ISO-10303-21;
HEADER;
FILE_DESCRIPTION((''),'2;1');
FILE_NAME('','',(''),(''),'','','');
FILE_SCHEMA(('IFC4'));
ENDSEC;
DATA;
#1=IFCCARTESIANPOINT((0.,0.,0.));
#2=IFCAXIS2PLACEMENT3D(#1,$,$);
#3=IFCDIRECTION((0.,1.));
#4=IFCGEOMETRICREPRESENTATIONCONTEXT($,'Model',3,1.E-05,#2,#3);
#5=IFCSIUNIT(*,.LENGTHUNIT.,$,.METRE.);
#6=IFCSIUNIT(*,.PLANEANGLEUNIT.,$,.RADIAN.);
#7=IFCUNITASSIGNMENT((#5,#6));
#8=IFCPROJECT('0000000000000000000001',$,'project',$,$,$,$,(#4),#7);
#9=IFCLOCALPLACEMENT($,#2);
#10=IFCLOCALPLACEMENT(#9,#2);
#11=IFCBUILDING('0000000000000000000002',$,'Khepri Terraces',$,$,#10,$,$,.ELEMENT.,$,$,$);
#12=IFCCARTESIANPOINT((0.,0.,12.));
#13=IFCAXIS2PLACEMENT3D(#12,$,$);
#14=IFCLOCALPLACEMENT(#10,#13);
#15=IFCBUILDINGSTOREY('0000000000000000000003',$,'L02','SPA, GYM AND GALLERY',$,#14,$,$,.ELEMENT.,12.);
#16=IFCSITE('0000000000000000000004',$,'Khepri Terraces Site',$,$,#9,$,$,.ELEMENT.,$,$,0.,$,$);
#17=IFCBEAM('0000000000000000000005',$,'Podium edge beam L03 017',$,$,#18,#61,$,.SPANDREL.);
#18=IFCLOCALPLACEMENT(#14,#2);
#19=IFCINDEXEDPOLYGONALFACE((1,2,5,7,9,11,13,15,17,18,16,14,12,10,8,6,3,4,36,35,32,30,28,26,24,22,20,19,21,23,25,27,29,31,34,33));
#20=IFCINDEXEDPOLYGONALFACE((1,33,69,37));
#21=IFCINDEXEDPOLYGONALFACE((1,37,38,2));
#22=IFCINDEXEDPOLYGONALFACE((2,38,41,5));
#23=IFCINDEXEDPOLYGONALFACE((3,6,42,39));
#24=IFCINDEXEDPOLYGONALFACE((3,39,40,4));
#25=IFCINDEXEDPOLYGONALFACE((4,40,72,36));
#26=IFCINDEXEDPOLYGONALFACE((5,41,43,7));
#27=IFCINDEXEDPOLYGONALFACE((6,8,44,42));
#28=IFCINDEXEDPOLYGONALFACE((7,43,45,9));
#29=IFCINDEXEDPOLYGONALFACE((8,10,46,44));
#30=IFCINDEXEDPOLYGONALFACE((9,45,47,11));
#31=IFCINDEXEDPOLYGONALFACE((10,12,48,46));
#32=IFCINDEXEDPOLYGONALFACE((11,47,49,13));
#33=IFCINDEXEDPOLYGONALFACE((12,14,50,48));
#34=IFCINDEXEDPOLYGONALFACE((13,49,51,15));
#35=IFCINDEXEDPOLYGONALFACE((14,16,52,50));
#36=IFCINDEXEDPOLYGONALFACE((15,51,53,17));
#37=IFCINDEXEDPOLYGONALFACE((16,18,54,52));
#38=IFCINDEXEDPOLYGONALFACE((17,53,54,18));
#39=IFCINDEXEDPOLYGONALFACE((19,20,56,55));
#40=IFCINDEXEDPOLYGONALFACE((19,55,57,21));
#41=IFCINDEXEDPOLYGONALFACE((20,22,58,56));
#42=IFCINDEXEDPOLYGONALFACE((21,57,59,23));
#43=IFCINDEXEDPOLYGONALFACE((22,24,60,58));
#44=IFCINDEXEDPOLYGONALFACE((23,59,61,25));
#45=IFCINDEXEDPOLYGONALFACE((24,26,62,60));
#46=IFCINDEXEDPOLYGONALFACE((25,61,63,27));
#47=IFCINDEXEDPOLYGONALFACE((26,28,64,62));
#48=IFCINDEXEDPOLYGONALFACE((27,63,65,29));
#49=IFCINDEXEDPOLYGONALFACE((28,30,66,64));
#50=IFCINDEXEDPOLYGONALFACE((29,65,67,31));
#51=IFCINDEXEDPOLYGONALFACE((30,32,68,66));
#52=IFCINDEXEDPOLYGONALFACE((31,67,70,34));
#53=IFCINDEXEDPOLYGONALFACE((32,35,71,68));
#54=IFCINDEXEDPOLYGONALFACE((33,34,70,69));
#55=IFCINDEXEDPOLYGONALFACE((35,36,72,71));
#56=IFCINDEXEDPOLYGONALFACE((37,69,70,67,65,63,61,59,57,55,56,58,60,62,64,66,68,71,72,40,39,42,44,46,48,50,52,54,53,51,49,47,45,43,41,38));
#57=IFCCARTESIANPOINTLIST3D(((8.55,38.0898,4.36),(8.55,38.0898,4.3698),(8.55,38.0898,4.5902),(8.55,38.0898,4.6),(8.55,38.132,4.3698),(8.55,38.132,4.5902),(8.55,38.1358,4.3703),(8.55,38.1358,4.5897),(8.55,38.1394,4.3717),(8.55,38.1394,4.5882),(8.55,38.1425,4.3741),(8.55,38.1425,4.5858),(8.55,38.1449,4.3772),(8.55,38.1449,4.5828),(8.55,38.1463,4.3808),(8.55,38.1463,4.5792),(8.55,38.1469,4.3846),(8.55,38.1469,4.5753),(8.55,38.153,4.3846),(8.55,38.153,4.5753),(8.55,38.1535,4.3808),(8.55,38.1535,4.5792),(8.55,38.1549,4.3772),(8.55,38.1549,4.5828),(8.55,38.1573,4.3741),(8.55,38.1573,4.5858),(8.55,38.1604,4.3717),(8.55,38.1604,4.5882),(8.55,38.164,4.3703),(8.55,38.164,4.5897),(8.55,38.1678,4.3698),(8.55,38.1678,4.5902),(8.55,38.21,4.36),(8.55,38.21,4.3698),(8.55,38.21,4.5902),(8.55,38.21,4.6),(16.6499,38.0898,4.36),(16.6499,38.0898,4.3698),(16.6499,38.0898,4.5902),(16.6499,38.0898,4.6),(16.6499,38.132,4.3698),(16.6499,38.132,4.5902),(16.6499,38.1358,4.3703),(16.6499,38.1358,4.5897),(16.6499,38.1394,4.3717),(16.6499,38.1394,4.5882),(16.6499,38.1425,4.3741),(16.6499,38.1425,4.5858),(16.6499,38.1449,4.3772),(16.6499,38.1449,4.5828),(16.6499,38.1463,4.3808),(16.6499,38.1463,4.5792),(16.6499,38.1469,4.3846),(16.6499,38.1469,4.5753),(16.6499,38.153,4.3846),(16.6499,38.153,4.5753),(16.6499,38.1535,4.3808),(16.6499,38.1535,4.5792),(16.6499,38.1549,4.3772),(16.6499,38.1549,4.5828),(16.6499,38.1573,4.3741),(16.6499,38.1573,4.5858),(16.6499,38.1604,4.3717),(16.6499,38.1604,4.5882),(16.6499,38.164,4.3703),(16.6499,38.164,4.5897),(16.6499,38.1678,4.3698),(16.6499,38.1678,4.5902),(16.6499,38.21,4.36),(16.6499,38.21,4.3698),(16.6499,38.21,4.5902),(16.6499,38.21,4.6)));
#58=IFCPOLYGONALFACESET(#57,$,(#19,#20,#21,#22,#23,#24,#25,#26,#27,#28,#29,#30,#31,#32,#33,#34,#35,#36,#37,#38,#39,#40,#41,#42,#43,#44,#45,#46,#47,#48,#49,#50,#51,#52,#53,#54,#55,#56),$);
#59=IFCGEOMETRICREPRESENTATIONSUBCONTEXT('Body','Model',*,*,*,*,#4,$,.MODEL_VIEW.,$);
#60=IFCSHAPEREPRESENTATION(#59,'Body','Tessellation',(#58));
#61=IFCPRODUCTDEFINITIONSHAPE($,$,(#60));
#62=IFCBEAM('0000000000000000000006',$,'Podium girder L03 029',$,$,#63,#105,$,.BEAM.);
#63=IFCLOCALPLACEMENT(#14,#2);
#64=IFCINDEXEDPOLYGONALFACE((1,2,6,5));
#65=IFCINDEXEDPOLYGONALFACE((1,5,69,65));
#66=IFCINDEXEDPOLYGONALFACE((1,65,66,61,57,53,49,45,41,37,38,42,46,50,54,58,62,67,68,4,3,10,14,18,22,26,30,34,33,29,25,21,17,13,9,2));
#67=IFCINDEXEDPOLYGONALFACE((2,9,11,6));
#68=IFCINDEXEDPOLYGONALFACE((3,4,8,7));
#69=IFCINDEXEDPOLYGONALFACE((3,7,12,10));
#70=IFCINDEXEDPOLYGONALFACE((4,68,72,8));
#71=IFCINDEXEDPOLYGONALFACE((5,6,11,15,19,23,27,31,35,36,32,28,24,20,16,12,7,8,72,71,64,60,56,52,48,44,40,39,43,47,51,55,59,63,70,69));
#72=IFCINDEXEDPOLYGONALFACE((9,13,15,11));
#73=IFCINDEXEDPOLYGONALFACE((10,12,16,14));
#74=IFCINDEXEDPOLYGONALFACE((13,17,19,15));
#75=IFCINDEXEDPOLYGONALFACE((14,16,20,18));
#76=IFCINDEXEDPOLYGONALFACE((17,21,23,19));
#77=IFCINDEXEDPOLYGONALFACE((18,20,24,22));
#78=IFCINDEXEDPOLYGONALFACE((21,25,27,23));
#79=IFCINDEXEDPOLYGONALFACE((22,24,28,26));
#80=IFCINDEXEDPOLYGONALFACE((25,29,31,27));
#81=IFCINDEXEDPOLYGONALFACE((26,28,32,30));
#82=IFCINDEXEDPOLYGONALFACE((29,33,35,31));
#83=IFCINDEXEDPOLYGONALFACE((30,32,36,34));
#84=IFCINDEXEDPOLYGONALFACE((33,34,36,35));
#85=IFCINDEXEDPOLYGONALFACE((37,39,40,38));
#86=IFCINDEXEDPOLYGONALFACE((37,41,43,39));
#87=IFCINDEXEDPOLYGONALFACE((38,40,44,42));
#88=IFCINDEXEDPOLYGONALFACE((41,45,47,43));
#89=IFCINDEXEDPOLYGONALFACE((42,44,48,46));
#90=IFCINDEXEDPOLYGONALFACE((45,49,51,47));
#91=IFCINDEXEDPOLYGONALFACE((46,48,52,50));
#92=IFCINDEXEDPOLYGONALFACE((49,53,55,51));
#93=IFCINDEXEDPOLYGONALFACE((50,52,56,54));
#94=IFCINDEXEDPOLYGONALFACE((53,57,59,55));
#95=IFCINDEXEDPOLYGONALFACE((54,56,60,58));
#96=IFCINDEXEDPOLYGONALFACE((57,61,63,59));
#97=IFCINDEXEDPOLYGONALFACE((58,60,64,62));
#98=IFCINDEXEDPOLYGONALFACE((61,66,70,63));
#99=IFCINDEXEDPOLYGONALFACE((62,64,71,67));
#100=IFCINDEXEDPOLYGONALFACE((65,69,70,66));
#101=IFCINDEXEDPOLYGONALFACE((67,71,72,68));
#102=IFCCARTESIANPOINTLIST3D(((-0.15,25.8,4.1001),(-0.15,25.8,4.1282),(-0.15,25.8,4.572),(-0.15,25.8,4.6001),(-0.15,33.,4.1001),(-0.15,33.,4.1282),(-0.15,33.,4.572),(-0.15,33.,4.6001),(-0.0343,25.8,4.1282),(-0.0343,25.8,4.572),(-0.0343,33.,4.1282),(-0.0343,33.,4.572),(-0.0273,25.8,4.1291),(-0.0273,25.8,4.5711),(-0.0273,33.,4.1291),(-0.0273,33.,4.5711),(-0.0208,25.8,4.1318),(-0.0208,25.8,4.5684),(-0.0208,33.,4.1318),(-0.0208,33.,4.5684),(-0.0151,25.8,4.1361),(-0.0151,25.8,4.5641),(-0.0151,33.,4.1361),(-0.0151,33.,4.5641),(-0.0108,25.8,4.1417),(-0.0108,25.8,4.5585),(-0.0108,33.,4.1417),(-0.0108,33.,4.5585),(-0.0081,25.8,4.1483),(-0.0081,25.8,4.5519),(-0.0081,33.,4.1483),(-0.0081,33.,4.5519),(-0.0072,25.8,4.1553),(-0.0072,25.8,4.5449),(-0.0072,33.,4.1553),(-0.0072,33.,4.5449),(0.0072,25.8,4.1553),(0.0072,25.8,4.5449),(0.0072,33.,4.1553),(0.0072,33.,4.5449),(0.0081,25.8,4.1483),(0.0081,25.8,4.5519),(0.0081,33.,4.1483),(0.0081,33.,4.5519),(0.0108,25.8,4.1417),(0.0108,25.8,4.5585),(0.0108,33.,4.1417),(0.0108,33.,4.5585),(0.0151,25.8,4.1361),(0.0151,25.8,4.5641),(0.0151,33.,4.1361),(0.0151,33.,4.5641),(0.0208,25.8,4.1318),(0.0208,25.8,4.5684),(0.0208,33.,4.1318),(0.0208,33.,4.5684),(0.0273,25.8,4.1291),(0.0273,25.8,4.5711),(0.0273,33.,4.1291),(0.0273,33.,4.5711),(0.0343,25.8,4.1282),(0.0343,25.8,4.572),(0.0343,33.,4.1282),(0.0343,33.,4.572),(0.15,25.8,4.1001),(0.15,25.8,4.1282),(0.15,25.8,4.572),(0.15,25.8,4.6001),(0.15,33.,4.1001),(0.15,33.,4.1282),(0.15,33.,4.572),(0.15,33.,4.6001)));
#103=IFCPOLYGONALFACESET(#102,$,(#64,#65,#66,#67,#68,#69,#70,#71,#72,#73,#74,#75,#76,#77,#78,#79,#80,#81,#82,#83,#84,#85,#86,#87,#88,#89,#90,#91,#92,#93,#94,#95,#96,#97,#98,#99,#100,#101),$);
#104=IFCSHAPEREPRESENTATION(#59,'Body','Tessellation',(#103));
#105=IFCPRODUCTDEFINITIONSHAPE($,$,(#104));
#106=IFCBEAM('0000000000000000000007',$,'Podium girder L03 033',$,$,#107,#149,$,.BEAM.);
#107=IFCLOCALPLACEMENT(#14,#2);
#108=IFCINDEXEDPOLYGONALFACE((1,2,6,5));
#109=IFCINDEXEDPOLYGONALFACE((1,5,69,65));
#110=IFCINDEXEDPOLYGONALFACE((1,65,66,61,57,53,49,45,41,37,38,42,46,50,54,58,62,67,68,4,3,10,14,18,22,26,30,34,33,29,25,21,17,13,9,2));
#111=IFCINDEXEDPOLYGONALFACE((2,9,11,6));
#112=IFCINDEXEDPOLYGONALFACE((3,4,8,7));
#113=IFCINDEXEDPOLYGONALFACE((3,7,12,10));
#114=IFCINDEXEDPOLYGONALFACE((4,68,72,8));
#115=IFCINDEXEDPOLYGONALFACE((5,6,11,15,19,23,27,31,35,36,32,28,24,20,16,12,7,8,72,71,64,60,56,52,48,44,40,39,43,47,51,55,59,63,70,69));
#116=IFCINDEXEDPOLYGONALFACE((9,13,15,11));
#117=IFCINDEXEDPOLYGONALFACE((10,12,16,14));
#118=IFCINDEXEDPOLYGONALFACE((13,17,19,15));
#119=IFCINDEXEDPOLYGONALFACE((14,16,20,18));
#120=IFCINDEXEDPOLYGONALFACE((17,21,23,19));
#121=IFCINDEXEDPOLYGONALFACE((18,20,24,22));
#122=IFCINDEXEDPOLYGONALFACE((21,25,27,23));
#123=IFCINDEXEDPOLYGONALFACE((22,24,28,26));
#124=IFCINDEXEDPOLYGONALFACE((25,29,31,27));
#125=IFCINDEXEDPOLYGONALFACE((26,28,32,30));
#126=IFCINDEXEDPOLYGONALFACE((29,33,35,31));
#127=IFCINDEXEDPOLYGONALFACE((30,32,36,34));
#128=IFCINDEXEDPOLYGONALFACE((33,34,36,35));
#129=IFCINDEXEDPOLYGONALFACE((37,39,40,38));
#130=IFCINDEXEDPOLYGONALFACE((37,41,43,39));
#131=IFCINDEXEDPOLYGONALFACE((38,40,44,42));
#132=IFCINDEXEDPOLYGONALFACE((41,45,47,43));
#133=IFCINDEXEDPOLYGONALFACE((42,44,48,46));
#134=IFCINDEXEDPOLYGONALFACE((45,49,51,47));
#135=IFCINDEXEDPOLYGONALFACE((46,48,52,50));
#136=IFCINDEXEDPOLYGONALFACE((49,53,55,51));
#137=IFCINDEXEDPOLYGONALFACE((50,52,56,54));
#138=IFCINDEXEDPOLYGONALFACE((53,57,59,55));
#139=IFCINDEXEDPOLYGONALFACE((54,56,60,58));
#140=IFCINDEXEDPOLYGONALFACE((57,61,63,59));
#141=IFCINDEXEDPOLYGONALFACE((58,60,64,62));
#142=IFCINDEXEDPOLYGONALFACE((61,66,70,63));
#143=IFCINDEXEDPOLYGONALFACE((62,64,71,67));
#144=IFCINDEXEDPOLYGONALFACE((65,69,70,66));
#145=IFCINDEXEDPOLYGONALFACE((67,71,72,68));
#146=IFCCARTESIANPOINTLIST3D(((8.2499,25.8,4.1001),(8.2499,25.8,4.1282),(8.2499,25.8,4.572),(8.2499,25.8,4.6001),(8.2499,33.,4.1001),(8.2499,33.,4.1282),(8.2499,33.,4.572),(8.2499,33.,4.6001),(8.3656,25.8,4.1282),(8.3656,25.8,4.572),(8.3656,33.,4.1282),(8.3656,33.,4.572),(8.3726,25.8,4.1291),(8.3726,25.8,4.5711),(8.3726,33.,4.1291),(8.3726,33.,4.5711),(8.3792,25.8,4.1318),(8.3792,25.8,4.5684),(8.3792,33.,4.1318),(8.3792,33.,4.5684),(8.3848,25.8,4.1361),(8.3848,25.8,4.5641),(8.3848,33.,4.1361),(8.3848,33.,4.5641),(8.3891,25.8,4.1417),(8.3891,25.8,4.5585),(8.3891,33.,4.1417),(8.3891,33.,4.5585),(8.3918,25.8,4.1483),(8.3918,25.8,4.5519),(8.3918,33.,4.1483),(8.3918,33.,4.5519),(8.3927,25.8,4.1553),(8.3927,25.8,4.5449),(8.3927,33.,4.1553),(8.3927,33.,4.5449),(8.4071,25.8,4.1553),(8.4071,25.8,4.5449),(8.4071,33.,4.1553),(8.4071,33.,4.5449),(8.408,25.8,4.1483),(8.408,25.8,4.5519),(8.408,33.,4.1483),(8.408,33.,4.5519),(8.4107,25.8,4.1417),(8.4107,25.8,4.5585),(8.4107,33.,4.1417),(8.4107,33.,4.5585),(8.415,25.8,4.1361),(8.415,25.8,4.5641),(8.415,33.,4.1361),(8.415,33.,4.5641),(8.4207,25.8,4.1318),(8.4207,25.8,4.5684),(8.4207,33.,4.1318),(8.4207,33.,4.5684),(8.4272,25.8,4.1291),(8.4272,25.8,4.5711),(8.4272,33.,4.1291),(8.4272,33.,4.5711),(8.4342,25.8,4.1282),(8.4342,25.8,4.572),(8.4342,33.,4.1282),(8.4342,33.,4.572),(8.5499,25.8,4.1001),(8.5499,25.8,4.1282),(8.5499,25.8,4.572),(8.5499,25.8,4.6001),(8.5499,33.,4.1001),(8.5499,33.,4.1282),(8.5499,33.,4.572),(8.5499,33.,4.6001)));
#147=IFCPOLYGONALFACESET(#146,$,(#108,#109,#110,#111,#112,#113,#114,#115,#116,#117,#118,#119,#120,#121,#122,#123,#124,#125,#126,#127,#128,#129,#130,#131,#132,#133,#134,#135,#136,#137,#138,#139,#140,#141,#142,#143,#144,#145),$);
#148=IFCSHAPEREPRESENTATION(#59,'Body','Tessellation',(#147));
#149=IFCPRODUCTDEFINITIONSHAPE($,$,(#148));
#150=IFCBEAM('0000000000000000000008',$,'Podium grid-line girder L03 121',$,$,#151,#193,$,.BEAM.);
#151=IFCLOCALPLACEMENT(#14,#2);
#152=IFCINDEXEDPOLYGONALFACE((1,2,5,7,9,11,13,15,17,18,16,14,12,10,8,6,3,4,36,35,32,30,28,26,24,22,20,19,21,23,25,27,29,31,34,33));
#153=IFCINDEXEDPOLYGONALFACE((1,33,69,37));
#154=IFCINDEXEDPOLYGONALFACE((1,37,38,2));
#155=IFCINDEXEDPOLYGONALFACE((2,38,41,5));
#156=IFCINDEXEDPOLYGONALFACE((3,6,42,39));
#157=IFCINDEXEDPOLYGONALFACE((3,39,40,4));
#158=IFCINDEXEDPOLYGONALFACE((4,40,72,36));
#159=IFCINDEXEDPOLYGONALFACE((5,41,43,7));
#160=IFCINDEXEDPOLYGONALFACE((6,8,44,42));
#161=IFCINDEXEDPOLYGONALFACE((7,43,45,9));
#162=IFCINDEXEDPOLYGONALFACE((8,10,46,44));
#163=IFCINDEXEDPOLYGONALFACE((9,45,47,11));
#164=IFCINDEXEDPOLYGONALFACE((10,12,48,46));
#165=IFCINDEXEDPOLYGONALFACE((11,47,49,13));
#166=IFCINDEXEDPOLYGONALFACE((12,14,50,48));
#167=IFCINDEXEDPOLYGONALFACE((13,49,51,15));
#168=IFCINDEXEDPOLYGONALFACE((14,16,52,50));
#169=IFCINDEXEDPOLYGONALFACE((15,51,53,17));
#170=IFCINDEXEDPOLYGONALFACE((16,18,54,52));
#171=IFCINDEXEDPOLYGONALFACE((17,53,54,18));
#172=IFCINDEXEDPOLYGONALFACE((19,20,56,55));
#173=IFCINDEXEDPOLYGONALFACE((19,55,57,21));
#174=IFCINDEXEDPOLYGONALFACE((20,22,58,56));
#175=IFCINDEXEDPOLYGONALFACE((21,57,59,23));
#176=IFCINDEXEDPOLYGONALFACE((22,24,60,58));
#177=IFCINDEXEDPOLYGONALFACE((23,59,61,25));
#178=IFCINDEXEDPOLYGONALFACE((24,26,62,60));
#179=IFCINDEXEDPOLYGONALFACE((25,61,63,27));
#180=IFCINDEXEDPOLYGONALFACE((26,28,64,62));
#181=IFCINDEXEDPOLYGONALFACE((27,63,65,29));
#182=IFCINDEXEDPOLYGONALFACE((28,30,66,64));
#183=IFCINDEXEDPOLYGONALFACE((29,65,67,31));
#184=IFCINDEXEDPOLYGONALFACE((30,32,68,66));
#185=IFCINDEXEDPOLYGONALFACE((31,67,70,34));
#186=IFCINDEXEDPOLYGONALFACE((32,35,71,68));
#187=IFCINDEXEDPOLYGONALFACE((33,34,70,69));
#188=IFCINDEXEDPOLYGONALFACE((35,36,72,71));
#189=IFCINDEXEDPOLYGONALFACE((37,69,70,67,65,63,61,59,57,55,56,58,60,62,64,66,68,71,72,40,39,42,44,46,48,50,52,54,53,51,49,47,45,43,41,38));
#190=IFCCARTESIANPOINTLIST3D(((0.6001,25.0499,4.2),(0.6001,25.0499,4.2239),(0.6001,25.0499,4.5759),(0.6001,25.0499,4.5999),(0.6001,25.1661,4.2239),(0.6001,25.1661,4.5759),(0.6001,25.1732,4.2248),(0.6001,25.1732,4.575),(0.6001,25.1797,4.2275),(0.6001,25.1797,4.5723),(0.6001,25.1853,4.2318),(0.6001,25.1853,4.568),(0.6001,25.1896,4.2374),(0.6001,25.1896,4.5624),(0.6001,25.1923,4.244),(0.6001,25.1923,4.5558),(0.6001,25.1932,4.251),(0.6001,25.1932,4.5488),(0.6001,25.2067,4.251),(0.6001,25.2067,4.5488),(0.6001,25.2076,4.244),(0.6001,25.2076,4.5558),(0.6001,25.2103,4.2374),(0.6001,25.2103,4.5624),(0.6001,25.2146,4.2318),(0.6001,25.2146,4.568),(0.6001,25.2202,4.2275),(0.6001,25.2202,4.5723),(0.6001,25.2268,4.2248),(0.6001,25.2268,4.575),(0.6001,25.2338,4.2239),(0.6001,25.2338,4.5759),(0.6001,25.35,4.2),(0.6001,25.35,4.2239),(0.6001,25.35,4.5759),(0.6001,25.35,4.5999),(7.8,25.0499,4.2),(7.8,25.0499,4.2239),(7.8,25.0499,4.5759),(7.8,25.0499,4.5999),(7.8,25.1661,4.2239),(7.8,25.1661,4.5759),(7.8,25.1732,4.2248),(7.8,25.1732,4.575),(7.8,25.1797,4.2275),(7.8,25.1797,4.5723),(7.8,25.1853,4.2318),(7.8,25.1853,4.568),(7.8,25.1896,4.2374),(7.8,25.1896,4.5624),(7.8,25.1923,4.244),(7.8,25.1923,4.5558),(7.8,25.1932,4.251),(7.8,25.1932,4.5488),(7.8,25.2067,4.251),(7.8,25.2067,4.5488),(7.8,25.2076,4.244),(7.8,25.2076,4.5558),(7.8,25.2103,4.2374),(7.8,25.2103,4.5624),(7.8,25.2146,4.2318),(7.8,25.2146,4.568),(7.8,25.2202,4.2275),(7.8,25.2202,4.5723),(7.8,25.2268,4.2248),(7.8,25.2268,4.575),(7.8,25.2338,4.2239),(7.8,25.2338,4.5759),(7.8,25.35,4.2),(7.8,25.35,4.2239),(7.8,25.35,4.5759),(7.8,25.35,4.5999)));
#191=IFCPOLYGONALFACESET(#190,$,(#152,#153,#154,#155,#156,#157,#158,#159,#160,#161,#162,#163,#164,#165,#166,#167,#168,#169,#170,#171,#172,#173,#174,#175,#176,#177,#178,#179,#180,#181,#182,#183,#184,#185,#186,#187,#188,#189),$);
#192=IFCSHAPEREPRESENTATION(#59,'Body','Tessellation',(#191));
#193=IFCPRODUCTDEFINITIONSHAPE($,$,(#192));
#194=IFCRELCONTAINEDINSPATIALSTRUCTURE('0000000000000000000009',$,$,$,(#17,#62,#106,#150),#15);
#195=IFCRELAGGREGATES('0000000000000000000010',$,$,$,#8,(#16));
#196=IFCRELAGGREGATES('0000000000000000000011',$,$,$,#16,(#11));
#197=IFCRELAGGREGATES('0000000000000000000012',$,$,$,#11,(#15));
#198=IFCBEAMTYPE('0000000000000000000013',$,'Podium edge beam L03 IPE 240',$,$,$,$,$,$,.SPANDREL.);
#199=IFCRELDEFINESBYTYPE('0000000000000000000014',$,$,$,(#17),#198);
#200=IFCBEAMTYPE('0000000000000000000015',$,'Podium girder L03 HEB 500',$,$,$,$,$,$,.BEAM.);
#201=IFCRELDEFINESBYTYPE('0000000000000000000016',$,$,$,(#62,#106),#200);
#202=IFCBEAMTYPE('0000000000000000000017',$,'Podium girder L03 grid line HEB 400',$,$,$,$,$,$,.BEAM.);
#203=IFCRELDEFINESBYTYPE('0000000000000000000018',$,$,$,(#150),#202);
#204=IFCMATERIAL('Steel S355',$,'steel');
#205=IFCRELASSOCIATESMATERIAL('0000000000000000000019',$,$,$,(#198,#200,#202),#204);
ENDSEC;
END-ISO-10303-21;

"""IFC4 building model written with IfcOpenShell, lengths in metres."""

from ifc_helpers import new_model, si_unit, direction, frame, origin, origin_2d, place, context, subcontext, project, spatial, i_section, extrude, material, material_profile, profile_set, type_object, element, save


model = new_model("IFC4")

# Units and contexts
model_context = context("Model", 3, precision=1e-05, world=origin(), true_north=direction((0.0, 1.0)))
body_context = subcontext(model_context, "Body", "Model", "MODEL_VIEW")
ifc_project = project(units=[si_unit("LENGTHUNIT", "METRE"), si_unit("PLANEANGLEUNIT", "RADIAN")], contexts=[model_context])

# Site, building, storey
site_placement = place(None, origin())
site = spatial("IfcSite", under=ifc_project, at=site_placement, Name="Khepri Terraces Site", CompositionType="ELEMENT", RefElevation=0.0)
building_placement = place(site_placement, origin())
building = spatial("IfcBuilding", under=site, at=building_placement, Name="Khepri Terraces", CompositionType="ELEMENT")
storey_placement = place(building_placement, frame((0.0, 0.0, 12.0)))
storey = spatial("IfcBuildingStorey", under=building, at=storey_placement, Name="L02", Description="SPA, GYM AND GALLERY", CompositionType="ELEMENT", Elevation=12.0)

# Beams
ifc_material_1 = material(Name="Steel S355", Category="steel")
ifc_material_profile_1 = material_profile(ifc_material_1, i_section(OverallWidth=0.1201, OverallDepth=0.24, WebThickness=0.0061, FlangeThickness=0.0098, FilletRadius=0.0149, at=origin_2d()), Name="Steel S355", Category="steel")
ifc_profile_set_1 = profile_set([ifc_material_profile_1], Name="Steel S355")
beam_type_1 = type_object("IfcBeamType", Name="Podium edge beam L03 IPE 240", PredefinedType="SPANDREL", material=ifc_profile_set_1)
beam_1_placement = place(storey_placement, frame((8.55, 38.1499, 4.48), z_axis=(1.0, 0.0, 0.0), x_axis=(0.0, 1.0, 0.0)))
element("IfcBeam", 1, at=beam_1_placement, inside=storey, type_object=beam_type_1, Name="Podium edge beam L03 017", PredefinedType="SPANDREL", context=body_context, shape_type="SweptSolid", body=[
    extrude(i_section(OverallWidth=0.1201, OverallDepth=0.24, WebThickness=0.0061, FlangeThickness=0.0098, FilletRadius=0.0149, at=origin_2d()), origin(), (0.0, 0.0, 1.0), 8.0999),
])
ifc_material_profile_2 = material_profile(ifc_material_1, i_section(OverallWidth=0.3, OverallDepth=0.5, WebThickness=0.0144, FlangeThickness=0.0281, FilletRadius=0.0271, at=origin_2d()), Name="Steel S355", Category="steel")
ifc_profile_set_2 = profile_set([ifc_material_profile_2], Name="Steel S355")
beam_type_2 = type_object("IfcBeamType", Name="Podium girder L03 HEB 500", PredefinedType="BEAM", material=ifc_profile_set_2)
for number, where, z_axis, x_axis, name in (
    (2, (0.0, 25.8, 4.3501), (0.0, 1.0, 0.0), (-1.0, 0.0, 0.0), "Podium girder L03 029"),
    (3, (8.3999, 25.8, 4.3501), (0.0, 1.0, 0.0), (-1.0, 0.0, 0.0), "Podium girder L03 033"),
):
    element("IfcBeam", number, at=place(storey_placement, frame(where, z_axis=z_axis, x_axis=x_axis)), inside=storey, type_object=beam_type_2, Name=name, PredefinedType="BEAM", context=body_context, shape_type="SweptSolid", body=[
        extrude(i_section(OverallWidth=0.3, OverallDepth=0.5, WebThickness=0.0144, FlangeThickness=0.0281, FilletRadius=0.0271, at=origin_2d()), origin(), (0.0, 0.0, 1.0), 7.2),
    ])
ifc_material_profile_3 = material_profile(ifc_material_1, i_section(OverallWidth=0.3, OverallDepth=0.3999, WebThickness=0.0134, FlangeThickness=0.0239, FilletRadius=0.0271, at=origin_2d()), Name="Steel S355", Category="steel")
ifc_profile_set_3 = profile_set([ifc_material_profile_3], Name="Steel S355")
beam_type_3 = type_object("IfcBeamType", Name="Podium girder L03 grid line HEB 400", PredefinedType="BEAM", material=ifc_profile_set_3)
for number, where, z_axis, x_axis, name in (
    (4, (0.6001, 25.2, 4.3999), (1.0, 0.0, 0.0), (0.0, 1.0, 0.0), "Podium grid-line girder L03 121"),
):
    element("IfcBeam", number, at=place(storey_placement, frame(where, z_axis=z_axis, x_axis=x_axis)), inside=storey, type_object=beam_type_3, Name=name, PredefinedType="BEAM", context=body_context, shape_type="SweptSolid", body=[
        extrude(i_section(OverallWidth=0.3, OverallDepth=0.3999, WebThickness=0.0134, FlangeThickness=0.0239, FilletRadius=0.0271, at=origin_2d()), origin(), (0.0, 0.0, 1.0), 7.2),
    ])

save(model, "model.ifc")
